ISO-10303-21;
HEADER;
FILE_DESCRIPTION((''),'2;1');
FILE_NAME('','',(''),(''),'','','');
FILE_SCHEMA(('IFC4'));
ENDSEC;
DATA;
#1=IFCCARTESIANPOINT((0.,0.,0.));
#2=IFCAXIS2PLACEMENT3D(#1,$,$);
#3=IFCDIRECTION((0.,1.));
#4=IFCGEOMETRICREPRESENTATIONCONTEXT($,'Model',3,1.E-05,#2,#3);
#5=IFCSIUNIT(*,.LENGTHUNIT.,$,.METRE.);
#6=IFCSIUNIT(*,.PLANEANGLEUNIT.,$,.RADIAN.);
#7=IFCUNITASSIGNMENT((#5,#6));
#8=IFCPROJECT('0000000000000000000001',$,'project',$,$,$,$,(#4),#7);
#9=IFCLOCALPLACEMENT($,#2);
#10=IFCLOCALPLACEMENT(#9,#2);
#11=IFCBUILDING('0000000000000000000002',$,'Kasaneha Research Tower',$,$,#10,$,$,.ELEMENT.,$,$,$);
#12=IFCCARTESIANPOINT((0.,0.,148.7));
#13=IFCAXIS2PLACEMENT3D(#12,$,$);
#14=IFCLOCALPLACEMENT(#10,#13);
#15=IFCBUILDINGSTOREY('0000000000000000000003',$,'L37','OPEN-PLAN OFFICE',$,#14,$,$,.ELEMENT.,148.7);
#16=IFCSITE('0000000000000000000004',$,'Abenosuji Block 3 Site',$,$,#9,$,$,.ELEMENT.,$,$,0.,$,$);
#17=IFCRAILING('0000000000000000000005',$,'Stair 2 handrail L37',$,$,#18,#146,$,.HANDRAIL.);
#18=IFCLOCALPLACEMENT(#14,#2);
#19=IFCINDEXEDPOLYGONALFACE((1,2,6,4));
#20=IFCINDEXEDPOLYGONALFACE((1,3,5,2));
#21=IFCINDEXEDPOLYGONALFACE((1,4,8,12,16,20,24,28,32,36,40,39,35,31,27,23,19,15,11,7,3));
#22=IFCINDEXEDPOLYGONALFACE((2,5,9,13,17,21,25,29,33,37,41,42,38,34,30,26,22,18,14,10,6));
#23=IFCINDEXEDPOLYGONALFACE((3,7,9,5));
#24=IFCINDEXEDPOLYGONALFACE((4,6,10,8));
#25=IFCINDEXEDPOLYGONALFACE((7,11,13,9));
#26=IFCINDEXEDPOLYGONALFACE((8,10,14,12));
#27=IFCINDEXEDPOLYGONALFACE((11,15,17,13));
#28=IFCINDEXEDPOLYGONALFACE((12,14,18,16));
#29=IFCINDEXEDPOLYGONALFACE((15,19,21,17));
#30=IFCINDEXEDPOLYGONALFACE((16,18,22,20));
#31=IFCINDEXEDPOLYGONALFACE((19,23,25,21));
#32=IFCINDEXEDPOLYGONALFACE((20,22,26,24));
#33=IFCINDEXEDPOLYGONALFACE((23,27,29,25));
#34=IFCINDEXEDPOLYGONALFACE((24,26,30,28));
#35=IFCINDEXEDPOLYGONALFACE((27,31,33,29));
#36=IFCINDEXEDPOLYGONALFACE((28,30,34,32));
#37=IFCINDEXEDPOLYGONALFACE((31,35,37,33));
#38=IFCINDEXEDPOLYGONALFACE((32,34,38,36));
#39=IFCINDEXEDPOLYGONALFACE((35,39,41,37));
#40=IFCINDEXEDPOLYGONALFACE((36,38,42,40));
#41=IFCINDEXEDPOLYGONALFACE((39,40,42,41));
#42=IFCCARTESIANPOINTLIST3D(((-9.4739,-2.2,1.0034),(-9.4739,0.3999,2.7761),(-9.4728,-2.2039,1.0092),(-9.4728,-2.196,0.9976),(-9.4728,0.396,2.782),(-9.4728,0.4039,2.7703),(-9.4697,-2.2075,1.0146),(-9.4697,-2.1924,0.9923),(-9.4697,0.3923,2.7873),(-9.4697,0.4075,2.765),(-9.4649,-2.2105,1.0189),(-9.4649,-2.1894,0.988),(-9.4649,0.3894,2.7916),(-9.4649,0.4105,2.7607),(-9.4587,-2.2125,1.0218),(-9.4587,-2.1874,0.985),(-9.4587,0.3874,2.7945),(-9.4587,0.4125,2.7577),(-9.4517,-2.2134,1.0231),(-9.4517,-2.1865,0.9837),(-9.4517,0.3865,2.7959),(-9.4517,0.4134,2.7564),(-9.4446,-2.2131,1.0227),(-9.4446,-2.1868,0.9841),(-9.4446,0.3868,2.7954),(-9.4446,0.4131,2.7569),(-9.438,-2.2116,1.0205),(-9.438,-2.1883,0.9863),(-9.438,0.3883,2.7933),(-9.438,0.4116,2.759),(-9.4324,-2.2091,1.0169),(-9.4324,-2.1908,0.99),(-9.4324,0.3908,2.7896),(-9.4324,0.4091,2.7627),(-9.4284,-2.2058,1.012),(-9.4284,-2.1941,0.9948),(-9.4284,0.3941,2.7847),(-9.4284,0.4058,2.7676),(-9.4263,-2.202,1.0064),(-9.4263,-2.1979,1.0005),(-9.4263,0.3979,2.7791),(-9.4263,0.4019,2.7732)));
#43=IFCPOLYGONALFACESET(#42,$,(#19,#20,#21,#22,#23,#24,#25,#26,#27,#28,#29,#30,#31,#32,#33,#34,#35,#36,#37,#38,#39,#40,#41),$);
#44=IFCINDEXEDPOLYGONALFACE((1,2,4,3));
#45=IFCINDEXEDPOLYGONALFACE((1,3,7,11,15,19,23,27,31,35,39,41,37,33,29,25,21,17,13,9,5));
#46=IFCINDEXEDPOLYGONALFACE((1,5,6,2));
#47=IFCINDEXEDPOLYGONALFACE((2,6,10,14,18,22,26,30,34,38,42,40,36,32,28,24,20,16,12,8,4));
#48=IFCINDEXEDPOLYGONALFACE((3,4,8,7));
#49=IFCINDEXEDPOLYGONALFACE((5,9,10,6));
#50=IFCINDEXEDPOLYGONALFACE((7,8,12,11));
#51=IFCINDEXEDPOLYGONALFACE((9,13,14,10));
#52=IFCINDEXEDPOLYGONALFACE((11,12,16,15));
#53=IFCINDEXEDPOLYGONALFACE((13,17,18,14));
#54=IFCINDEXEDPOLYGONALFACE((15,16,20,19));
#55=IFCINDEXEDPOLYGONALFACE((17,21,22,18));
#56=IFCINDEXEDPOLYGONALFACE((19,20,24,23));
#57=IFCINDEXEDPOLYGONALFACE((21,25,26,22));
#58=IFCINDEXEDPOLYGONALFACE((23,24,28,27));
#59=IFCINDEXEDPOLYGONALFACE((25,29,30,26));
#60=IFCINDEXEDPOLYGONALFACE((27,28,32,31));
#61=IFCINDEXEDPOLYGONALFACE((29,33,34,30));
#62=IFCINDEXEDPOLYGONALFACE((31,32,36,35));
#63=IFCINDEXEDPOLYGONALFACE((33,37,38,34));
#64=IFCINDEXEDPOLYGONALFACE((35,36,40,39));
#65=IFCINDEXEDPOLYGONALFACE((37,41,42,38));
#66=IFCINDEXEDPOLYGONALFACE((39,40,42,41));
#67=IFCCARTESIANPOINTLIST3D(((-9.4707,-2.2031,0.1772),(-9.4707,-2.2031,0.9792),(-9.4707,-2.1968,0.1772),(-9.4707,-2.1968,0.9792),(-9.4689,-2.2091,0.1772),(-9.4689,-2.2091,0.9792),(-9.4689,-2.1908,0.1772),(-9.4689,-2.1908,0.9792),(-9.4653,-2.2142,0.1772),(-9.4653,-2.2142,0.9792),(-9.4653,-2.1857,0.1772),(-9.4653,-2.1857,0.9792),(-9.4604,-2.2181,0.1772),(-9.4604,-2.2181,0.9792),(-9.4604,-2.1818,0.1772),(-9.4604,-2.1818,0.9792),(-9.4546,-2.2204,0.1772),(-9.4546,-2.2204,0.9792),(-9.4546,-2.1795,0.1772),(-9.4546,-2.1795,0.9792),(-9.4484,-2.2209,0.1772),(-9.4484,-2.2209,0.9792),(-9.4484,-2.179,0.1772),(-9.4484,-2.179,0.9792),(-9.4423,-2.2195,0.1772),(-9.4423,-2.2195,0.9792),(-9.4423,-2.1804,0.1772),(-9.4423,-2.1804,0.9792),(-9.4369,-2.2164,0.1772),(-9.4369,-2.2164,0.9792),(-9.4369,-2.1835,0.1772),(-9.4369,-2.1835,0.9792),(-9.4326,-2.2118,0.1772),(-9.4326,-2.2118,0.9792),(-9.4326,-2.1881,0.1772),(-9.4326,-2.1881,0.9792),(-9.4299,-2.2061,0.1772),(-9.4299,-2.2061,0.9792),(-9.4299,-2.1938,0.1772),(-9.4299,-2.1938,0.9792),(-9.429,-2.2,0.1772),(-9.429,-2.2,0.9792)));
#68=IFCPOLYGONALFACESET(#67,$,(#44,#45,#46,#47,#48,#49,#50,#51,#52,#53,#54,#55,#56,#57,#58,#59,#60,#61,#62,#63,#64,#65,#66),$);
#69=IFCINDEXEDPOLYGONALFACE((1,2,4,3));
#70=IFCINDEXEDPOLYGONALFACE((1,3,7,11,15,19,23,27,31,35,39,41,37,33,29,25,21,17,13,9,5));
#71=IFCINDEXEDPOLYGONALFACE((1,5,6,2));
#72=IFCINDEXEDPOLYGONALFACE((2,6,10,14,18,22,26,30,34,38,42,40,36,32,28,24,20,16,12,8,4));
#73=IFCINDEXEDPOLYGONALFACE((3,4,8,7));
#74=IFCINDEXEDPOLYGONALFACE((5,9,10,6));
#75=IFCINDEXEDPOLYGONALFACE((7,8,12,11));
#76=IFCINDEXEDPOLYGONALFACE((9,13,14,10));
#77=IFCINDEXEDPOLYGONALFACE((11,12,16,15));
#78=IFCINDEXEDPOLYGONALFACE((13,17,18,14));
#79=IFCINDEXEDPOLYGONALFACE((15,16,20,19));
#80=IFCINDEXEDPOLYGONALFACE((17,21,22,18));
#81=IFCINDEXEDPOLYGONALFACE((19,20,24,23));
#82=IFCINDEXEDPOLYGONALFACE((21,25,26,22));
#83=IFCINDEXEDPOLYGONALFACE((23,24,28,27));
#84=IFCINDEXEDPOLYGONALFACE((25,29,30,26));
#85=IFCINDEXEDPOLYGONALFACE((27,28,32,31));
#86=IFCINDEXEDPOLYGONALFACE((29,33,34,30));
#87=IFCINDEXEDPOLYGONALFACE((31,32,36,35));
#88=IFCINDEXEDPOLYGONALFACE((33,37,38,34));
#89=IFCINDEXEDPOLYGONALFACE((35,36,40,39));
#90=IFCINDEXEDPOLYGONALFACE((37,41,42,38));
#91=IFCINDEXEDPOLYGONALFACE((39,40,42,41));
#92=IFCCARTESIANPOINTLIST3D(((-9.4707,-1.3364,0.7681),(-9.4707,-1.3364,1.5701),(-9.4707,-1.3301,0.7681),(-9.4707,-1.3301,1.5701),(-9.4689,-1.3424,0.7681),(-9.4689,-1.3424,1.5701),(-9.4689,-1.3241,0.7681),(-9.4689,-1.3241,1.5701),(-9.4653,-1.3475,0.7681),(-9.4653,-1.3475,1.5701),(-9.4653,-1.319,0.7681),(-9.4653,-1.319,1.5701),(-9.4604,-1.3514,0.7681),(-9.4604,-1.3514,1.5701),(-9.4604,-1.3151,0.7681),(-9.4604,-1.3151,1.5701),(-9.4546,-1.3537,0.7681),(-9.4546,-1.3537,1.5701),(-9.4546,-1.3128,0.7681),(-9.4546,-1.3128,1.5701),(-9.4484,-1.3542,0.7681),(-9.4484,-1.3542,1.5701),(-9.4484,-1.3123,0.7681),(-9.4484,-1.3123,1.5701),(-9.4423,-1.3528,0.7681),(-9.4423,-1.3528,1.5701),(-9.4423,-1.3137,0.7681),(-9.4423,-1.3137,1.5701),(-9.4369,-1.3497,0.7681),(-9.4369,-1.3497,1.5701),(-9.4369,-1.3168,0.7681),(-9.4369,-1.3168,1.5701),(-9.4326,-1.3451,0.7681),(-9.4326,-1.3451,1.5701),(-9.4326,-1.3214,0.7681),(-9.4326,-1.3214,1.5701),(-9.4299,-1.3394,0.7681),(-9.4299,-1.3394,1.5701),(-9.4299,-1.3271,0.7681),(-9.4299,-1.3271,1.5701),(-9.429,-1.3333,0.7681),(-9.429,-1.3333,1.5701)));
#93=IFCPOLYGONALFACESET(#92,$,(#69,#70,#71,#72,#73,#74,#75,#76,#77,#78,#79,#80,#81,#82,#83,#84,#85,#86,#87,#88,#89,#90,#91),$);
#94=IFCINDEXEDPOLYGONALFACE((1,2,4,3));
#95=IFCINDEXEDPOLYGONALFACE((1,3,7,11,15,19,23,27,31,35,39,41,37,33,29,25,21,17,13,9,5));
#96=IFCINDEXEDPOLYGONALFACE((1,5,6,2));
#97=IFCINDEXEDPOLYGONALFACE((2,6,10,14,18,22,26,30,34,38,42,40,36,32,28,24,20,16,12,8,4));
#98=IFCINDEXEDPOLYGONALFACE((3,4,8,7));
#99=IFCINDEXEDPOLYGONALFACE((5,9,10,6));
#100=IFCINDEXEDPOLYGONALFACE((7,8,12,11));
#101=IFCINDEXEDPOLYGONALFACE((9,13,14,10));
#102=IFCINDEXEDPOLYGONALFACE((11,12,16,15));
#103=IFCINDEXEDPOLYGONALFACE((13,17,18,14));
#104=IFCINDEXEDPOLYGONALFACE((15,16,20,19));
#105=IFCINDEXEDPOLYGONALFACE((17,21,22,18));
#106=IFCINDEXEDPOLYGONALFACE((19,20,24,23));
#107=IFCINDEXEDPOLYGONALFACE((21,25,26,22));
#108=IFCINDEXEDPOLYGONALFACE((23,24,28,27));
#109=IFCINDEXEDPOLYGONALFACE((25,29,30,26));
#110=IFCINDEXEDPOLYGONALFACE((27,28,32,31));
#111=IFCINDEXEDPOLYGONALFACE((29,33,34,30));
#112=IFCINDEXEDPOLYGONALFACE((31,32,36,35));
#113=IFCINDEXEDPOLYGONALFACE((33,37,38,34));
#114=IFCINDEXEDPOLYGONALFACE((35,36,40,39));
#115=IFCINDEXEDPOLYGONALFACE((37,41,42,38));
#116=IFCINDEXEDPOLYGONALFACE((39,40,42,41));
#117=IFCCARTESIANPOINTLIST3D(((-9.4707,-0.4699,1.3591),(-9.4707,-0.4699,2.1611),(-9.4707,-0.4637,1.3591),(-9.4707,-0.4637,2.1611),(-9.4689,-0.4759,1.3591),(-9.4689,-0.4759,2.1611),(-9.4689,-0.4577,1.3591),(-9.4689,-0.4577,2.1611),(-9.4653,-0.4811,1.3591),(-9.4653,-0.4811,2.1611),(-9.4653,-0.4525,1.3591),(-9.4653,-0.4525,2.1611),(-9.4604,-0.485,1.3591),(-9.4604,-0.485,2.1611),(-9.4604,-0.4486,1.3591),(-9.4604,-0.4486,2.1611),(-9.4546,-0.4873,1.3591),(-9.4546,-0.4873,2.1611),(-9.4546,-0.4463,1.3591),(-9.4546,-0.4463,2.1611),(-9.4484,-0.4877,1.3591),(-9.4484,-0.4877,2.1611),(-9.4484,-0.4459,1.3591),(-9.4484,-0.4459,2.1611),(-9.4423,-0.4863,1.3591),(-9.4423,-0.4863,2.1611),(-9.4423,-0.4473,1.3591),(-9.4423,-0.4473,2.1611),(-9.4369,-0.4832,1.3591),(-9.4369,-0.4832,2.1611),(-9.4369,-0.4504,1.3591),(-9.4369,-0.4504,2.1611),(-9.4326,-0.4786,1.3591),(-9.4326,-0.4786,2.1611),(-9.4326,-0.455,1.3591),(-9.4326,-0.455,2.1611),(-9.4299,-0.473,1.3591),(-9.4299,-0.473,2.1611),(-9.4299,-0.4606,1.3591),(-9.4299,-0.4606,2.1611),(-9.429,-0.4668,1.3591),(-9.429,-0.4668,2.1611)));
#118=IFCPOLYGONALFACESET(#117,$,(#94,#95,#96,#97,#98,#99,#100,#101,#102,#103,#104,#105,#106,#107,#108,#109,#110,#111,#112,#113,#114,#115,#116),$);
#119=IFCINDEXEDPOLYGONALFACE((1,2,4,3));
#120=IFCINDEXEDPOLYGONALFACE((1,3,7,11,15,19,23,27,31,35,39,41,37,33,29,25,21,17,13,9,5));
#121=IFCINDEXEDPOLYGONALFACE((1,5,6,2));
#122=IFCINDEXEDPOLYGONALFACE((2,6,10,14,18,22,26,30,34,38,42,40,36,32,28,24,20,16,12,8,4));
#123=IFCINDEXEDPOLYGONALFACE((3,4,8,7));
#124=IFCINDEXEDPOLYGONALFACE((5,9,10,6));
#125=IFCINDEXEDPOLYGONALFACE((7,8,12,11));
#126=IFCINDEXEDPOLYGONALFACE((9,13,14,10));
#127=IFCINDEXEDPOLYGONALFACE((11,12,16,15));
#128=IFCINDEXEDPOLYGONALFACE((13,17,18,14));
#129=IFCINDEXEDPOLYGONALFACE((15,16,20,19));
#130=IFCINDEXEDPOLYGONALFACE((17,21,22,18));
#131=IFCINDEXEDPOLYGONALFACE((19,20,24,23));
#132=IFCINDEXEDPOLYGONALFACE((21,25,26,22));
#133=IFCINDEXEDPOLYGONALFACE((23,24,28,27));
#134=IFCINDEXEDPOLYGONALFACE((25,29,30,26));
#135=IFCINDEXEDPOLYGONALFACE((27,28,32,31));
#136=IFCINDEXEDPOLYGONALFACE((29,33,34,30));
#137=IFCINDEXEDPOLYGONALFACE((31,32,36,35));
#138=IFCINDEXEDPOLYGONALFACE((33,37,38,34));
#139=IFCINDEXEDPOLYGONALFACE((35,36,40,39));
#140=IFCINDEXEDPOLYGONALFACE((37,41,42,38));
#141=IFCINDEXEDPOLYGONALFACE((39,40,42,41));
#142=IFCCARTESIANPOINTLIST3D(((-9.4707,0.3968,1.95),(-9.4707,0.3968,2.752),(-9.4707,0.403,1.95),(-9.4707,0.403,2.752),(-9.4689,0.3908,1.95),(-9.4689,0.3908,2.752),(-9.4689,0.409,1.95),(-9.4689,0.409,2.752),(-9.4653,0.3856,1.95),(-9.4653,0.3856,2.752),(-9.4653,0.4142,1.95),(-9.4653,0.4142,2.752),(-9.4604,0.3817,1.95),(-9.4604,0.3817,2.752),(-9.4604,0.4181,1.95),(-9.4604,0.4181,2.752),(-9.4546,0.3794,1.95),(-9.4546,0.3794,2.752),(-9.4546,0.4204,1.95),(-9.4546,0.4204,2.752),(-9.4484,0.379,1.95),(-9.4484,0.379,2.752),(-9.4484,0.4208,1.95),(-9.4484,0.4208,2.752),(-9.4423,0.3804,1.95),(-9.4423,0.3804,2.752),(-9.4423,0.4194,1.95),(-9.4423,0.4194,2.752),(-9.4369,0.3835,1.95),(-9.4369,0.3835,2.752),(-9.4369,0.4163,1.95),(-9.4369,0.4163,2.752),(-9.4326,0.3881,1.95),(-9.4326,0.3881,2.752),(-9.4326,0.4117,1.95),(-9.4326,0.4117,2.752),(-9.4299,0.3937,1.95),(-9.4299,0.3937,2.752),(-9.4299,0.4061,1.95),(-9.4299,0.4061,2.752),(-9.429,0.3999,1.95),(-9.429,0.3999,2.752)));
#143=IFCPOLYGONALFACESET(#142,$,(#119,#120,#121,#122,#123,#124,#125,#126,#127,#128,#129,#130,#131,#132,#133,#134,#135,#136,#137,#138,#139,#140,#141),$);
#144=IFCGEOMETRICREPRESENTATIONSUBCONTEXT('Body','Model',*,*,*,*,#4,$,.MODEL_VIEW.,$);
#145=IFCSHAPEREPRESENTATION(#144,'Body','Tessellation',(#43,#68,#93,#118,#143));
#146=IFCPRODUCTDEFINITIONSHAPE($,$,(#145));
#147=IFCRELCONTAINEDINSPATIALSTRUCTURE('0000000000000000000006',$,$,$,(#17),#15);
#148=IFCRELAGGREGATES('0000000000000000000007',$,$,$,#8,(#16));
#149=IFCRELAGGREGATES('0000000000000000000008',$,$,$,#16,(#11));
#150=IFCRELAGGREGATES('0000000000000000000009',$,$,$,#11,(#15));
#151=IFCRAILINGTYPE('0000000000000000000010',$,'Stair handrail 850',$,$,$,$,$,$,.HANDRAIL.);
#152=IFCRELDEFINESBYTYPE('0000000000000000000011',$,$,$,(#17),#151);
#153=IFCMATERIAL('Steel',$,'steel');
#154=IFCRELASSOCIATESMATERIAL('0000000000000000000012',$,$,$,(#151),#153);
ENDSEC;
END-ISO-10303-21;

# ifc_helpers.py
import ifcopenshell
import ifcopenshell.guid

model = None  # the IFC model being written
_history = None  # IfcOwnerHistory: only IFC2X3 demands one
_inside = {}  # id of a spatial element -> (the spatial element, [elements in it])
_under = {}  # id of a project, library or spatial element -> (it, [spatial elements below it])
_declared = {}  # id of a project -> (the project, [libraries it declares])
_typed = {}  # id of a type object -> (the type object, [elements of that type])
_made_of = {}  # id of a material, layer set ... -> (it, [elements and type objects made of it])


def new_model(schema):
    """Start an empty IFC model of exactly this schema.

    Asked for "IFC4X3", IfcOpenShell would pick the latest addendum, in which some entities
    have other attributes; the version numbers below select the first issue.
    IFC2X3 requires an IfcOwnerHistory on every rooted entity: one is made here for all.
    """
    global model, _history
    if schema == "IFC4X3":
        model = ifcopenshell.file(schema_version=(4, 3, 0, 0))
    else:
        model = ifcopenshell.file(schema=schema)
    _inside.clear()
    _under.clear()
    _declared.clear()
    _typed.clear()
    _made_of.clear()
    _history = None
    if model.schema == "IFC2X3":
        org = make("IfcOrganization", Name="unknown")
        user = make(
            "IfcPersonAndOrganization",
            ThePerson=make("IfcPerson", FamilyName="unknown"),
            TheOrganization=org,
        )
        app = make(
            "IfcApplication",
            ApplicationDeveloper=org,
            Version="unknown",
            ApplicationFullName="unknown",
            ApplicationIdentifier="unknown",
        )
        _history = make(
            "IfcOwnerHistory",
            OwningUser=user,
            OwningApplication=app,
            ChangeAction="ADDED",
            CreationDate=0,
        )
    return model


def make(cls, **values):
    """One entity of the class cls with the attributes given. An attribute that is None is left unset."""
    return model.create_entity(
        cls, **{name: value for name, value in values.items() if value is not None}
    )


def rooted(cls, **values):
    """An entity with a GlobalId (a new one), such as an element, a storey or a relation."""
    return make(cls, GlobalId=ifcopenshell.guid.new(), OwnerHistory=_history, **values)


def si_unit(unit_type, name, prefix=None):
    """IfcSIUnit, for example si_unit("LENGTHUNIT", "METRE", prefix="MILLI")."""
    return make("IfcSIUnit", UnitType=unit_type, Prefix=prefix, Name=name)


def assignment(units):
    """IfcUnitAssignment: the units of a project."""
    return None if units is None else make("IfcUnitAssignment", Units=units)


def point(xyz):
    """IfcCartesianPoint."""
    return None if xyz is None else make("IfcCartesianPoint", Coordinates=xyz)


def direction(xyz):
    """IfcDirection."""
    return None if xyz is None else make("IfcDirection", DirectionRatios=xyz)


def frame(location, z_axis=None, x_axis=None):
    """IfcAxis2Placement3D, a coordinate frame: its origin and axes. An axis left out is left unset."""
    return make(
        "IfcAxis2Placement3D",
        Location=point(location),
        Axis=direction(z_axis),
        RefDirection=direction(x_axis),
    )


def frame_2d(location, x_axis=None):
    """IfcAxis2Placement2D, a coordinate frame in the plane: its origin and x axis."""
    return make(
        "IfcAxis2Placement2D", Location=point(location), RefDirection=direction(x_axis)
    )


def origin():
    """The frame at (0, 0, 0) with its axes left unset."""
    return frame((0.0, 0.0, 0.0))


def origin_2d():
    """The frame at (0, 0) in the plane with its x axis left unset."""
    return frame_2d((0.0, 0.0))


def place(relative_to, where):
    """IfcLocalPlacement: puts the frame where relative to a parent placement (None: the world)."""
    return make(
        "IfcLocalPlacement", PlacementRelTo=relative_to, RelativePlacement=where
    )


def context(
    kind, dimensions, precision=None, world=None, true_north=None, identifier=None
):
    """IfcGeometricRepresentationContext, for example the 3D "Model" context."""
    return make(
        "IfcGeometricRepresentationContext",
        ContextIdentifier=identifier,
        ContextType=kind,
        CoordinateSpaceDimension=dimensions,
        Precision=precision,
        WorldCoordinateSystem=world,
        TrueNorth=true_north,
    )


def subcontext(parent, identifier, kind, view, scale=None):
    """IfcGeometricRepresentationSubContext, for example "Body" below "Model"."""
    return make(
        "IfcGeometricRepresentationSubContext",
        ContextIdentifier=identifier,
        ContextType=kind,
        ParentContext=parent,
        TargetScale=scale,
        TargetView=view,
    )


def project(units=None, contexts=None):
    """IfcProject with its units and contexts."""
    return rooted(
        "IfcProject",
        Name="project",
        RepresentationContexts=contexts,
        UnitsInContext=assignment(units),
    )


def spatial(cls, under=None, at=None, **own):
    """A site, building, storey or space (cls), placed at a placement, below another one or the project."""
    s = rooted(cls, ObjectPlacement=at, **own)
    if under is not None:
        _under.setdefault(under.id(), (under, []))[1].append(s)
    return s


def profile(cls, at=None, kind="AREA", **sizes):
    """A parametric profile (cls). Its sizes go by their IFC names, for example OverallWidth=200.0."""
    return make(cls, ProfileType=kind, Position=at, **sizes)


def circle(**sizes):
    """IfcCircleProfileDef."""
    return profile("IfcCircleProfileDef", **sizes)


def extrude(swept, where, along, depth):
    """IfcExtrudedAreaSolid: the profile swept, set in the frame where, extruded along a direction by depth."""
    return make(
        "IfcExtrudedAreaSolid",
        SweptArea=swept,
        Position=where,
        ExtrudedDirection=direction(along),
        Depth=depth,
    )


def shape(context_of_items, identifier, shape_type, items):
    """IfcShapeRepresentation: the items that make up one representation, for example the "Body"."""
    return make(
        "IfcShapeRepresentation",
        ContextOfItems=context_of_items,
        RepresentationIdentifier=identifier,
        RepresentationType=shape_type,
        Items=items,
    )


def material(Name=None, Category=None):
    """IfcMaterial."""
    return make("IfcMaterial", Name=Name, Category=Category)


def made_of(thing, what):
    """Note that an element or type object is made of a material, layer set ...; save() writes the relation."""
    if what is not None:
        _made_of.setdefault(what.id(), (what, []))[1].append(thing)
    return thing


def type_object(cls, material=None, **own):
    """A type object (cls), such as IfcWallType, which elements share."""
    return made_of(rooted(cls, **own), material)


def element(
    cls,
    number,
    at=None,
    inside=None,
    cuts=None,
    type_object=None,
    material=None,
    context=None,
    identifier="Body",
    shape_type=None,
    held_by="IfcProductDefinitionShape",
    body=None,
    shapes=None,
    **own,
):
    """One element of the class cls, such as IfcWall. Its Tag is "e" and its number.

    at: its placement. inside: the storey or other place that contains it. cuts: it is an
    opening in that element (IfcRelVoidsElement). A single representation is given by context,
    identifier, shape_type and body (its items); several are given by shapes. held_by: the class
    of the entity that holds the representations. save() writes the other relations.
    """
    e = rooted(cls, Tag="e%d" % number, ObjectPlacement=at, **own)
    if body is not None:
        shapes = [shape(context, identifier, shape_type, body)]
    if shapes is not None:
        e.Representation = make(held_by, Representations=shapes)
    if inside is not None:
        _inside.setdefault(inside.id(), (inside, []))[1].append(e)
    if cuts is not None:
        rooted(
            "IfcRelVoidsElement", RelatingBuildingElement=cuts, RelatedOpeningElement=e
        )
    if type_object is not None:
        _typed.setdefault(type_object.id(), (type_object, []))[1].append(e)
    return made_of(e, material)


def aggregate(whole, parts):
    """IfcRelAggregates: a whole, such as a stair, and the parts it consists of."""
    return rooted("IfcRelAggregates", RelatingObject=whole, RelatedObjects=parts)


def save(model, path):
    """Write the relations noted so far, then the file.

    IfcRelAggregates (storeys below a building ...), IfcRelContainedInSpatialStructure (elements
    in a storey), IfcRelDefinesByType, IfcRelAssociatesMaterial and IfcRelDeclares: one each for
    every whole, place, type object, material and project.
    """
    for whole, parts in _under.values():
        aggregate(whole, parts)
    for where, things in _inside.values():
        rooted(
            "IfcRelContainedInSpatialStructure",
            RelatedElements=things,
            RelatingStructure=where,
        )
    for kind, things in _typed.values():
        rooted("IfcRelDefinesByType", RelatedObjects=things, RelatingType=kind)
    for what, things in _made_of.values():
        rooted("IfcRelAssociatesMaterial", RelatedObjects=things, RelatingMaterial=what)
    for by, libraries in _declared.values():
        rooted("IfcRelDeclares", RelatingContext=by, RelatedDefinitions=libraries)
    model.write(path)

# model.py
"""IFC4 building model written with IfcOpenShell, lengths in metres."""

from ifc_helpers import new_model, si_unit, direction, frame, origin, origin_2d, place, context, subcontext, project, spatial, circle, extrude, material, type_object, element, save


model = new_model("IFC4")

# Units and contexts
model_context = context("Model", 3, precision=1e-05, world=origin(), true_north=direction((0.0, 1.0)))
body_context = subcontext(model_context, "Body", "Model", "MODEL_VIEW")
ifc_project = project(units=[si_unit("LENGTHUNIT", "METRE"), si_unit("PLANEANGLEUNIT", "RADIAN")], contexts=[model_context])

# Site, building, storey
site_placement = place(None, origin())
site = spatial("IfcSite", under=ifc_project, at=site_placement, Name="Abenosuji Block 3 Site", CompositionType="ELEMENT", RefElevation=0.0)
building_placement = place(site_placement, origin())
building = spatial("IfcBuilding", under=site, at=building_placement, Name="Kasaneha Research Tower", CompositionType="ELEMENT")
storey_placement = place(building_placement, frame((0.0, 0.0, 148.7)))
storey = spatial("IfcBuildingStorey", under=building, at=storey_placement, Name="L37", Description="OPEN-PLAN OFFICE", CompositionType="ELEMENT", Elevation=148.7)

# Railing
ifc_material_1 = material(Name="Steel", Category="steel")
railing_type_1 = type_object("IfcRailingType", Name="Stair handrail 850", PredefinedType="HANDRAIL", material=ifc_material_1)
railing_1_placement = place(storey_placement, frame((-9.45, -2.2, 0.1772)))
element("IfcRailing", 1, at=railing_1_placement, inside=storey, type_object=railing_type_1, Name="Stair 2 handrail L37", PredefinedType="HANDRAIL", context=body_context, shape_type="SweptSolid", body=[
    extrude(circle(Radius=0.0239, at=origin_2d()), frame((0.0, 0.0, 0.8262), z_axis=(0.0, 0.826216, 0.563354), x_axis=(-1.0, 0.0, 0.0)), (0.0, 0.0, 1.0), 3.1467),
    extrude(circle(Radius=0.021, at=origin_2d()), origin(), (0.0, 0.0, 1.0), 0.802),
    extrude(circle(Radius=0.021, at=origin_2d()), frame((0.0, 0.8667, 0.5908)), (0.0, 0.0, 1.0), 0.802),
    extrude(circle(Radius=0.021, at=origin_2d()), frame((0.0, 1.7332, 1.1819)), (0.0, 0.0, 1.0), 0.802),
    extrude(circle(Radius=0.021, at=origin_2d()), frame((0.0, 2.5999, 1.7727)), (0.0, 0.0, 1.0), 0.802),
])

save(model, "model.ifc")
